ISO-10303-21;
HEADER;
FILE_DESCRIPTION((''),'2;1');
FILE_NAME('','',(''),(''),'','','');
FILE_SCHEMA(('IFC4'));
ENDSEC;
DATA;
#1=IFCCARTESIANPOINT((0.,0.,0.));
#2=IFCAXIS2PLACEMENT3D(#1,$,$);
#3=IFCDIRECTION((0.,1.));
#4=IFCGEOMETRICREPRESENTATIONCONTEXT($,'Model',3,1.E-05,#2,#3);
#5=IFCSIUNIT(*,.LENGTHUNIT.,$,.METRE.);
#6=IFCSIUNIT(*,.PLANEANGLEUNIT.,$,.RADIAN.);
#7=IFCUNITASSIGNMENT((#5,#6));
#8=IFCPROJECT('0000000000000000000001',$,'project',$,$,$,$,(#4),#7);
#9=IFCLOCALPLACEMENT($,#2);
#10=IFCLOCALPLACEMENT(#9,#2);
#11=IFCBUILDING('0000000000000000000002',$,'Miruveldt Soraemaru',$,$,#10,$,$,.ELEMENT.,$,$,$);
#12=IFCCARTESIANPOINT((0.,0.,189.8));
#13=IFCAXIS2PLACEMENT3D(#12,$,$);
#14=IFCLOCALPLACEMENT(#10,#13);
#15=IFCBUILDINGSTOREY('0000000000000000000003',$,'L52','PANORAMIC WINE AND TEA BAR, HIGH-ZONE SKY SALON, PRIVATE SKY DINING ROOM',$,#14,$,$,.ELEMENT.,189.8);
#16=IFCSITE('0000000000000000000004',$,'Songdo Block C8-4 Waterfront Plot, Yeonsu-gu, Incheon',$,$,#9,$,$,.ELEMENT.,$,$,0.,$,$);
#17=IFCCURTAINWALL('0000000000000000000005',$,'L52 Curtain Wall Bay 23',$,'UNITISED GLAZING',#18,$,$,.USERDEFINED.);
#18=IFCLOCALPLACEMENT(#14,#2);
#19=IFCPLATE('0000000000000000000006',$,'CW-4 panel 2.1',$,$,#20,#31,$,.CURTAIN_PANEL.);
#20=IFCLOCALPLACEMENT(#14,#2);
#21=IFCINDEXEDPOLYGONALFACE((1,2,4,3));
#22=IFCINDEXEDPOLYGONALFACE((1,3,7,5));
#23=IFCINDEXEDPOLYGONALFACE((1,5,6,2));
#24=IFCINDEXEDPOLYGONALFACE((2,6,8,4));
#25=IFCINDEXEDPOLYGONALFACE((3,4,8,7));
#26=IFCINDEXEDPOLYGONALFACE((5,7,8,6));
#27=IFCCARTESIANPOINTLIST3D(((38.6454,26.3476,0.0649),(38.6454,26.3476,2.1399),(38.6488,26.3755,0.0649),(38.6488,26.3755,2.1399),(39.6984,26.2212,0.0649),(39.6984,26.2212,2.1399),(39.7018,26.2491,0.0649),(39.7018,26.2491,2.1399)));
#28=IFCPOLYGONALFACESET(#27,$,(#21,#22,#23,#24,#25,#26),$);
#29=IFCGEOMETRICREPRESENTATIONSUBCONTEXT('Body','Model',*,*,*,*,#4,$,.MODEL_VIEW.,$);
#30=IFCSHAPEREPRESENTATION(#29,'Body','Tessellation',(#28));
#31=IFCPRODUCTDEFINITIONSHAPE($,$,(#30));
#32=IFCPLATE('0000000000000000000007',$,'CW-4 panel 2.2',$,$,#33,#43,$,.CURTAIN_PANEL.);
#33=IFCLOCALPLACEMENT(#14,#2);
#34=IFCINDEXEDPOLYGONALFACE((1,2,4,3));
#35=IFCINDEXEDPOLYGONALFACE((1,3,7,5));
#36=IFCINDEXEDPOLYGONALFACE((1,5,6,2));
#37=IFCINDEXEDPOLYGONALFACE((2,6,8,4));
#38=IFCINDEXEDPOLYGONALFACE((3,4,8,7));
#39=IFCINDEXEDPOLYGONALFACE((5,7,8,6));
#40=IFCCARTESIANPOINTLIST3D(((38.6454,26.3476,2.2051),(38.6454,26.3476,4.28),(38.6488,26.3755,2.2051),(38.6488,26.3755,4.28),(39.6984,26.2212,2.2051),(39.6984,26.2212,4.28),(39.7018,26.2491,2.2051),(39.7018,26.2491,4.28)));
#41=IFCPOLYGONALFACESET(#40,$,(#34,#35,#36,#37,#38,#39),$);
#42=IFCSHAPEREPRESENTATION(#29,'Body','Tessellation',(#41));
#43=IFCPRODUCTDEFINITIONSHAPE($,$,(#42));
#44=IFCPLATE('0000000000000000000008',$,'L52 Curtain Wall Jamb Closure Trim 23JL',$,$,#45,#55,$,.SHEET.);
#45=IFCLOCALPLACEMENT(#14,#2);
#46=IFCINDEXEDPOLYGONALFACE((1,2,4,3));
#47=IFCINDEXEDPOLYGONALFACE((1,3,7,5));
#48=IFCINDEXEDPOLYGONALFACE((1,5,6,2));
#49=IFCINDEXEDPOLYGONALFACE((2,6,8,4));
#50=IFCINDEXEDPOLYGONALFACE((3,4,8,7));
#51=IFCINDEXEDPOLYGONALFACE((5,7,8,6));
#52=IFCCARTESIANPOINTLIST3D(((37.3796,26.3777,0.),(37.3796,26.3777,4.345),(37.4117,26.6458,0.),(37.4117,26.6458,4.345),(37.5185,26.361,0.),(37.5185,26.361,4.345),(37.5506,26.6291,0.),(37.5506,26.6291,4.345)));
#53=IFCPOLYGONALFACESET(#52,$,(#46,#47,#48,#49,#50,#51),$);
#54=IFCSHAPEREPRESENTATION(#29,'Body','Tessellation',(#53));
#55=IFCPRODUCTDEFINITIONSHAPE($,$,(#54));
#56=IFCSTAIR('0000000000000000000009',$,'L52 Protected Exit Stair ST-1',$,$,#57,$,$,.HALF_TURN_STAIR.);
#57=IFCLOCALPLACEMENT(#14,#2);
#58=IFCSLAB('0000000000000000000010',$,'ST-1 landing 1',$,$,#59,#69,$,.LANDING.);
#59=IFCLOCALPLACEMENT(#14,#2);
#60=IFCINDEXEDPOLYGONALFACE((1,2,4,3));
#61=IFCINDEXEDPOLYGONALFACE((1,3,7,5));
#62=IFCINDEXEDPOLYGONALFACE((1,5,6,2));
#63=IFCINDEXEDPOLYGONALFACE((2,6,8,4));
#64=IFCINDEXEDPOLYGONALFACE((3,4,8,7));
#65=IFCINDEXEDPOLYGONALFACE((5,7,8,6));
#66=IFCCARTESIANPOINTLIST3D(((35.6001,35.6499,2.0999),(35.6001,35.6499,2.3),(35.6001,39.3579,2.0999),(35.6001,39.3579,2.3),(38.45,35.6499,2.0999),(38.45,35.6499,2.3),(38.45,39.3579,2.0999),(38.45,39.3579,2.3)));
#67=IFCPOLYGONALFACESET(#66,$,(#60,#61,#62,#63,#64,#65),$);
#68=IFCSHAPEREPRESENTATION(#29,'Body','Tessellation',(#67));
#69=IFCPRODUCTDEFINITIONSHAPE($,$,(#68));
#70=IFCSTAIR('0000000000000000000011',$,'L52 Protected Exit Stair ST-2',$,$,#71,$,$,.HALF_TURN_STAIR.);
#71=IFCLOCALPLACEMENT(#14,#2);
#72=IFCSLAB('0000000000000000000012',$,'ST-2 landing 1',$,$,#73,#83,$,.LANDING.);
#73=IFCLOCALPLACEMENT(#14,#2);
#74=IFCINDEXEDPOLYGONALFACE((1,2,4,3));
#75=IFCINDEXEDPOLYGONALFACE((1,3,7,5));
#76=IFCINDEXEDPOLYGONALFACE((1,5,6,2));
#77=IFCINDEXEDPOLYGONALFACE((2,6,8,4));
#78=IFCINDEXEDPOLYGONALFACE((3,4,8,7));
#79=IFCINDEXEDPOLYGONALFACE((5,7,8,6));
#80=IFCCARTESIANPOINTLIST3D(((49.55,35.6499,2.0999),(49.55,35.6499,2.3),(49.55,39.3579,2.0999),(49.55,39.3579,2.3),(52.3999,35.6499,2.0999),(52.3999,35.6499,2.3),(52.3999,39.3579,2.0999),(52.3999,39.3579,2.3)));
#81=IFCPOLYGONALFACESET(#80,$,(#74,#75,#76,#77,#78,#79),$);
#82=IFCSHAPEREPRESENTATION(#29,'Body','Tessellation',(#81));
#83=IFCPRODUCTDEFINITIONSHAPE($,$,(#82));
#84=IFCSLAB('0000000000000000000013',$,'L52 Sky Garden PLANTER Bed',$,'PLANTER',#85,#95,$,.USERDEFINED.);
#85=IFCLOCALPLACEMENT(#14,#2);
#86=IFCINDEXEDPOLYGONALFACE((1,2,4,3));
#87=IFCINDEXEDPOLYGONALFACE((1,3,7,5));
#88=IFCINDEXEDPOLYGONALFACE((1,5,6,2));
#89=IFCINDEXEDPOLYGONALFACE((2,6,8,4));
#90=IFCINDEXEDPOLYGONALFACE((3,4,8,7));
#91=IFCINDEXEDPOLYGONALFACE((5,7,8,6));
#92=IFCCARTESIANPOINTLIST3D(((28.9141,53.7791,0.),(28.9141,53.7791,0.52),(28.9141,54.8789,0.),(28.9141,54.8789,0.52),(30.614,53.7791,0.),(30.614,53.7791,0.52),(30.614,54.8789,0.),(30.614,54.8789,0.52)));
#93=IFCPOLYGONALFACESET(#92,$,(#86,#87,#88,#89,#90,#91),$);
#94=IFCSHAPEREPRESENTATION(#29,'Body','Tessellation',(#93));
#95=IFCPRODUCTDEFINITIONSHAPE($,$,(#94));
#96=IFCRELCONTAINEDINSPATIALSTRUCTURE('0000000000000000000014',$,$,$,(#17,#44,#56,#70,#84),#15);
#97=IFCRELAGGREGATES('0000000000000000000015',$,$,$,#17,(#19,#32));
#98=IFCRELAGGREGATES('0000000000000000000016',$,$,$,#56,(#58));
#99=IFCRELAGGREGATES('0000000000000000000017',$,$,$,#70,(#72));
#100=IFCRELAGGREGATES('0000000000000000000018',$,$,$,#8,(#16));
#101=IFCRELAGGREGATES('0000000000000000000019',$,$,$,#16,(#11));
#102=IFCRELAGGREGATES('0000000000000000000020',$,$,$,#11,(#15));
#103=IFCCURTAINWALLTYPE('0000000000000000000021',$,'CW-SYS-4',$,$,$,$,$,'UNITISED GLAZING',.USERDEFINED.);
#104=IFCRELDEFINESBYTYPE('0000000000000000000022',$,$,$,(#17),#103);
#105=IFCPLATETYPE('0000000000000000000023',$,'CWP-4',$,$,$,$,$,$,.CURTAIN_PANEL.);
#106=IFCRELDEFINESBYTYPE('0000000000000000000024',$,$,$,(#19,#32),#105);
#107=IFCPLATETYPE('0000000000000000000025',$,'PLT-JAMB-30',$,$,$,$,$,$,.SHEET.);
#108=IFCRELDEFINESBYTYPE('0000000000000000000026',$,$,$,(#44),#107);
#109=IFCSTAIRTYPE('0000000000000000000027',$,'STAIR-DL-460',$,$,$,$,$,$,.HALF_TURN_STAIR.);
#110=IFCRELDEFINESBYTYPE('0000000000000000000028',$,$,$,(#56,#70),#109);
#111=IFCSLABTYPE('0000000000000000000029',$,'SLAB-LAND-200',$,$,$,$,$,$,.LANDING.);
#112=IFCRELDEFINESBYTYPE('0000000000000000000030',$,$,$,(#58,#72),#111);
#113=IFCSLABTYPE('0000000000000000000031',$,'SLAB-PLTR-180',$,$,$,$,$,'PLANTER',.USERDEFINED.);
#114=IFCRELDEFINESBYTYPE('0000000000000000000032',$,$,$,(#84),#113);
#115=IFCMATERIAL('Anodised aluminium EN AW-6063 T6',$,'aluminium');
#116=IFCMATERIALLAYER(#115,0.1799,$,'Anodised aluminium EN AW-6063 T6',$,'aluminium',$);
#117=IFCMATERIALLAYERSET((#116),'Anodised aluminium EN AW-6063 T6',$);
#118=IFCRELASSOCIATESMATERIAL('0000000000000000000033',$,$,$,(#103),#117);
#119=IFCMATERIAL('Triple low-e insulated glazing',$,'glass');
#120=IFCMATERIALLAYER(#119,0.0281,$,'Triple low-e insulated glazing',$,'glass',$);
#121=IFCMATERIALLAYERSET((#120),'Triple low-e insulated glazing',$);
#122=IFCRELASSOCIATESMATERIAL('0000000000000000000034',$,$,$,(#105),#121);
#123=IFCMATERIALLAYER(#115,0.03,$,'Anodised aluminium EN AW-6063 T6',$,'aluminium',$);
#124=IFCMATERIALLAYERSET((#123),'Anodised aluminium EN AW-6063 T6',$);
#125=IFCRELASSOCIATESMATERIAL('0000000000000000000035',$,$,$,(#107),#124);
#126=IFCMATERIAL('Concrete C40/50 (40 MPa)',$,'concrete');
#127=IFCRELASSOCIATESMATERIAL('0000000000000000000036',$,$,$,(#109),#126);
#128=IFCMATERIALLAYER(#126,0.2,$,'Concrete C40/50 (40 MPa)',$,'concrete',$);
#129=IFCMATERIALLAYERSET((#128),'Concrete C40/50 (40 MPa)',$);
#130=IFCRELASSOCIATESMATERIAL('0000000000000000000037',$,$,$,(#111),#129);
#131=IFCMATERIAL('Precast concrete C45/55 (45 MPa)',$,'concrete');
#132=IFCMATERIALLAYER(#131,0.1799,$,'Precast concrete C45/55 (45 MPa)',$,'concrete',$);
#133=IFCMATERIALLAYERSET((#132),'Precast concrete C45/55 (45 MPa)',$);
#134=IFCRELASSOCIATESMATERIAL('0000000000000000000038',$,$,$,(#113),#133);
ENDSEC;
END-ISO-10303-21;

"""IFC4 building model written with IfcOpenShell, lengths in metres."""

from ifc_helpers import new_model, si_unit, direction, frame, origin, origin_2d, place, context, subcontext, project, spatial, polyline, rectangle, outline, extrude, material, layer, layer_set, type_object, element, aggregate, save


model = new_model("IFC4")

# Units and contexts
model_context = context("Model", 3, precision=1e-05, world=origin(), true_north=direction((0.0, 1.0)))
body_context = subcontext(model_context, "Body", "Model", "MODEL_VIEW")
ifc_project = project(units=[si_unit("LENGTHUNIT", "METRE"), si_unit("PLANEANGLEUNIT", "RADIAN")], contexts=[model_context])

# Site, building, storey
site_placement = place(None, origin())
site = spatial("IfcSite", under=ifc_project, at=site_placement, Name="Songdo Block C8-4 Waterfront Plot, Yeonsu-gu, Incheon", CompositionType="ELEMENT", RefElevation=0.0)
building_placement = place(site_placement, origin())
building = spatial("IfcBuilding", under=site, at=building_placement, Name="Miruveldt Soraemaru", CompositionType="ELEMENT")
storey_placement = place(building_placement, frame((0.0, 0.0, 189.8)))
storey = spatial("IfcBuildingStorey", under=building, at=storey_placement, Name="L52", Description="PANORAMIC WINE AND TEA BAR, HIGH-ZONE SKY SALON, PRIVATE SKY DINING ROOM", CompositionType="ELEMENT", Elevation=189.8)

# Curtain wall, plates
ifc_material_1 = material(Name="Anodised aluminium EN AW-6063 T6", Category="aluminium")
ifc_layer_1 = layer(ifc_material_1, 0.1799, Name="Anodised aluminium EN AW-6063 T6", Category="aluminium")
ifc_layer_set_1 = layer_set([ifc_layer_1], Name="Anodised aluminium EN AW-6063 T6")
curtain_wall_type = type_object("IfcCurtainWallType", Name="CW-SYS-4", ElementType="UNITISED GLAZING", PredefinedType="USERDEFINED", material=ifc_layer_set_1)
curtain_wall_placement = place(storey_placement, origin())
curtain_wall = element("IfcCurtainWall", 1, at=curtain_wall_placement, inside=storey, type_object=curtain_wall_type, Name="L52 Curtain Wall Bay 23", ObjectType="UNITISED GLAZING", PredefinedType="USERDEFINED")
ifc_material_2 = material(Name="Triple low-e insulated glazing", Category="glass")
ifc_layer_2 = layer(ifc_material_2, 0.0281, Name="Triple low-e insulated glazing", Category="glass")
ifc_layer_set_2 = layer_set([ifc_layer_2], Name="Triple low-e insulated glazing")
plate_type_1 = type_object("IfcPlateType", Name="CWP-4", PredefinedType="CURTAIN_PANEL", material=ifc_layer_set_2)
plate_1_placement = place(storey_placement, frame((39.1736, 26.2983, 0.0649), z_axis=(0.0, 0.0, 1.0), x_axis=(0.992874, -0.119171, 0.0)))
plate_1 = element("IfcPlate", 2, at=plate_1_placement, type_object=plate_type_1, Name="CW-4 panel 2.1", PredefinedType="CURTAIN_PANEL", context=body_context, shape_type="SweptSolid", body=[
    extrude(rectangle(XDim=1.0605, YDim=0.0281, at=origin_2d()), origin(), (0.0, 0.0, 1.0), 2.075),
])
plate_2_placement = place(storey_placement, frame((39.1736, 26.2983, 2.2051), z_axis=(0.0, 0.0, 1.0), x_axis=(0.992874, -0.119171, 0.0)))
plate_2 = element("IfcPlate", 3, at=plate_2_placement, type_object=plate_type_1, Name="CW-4 panel 2.2", PredefinedType="CURTAIN_PANEL", context=body_context, shape_type="SweptSolid", body=[
    extrude(rectangle(XDim=1.0605, YDim=0.0281, at=origin_2d()), origin(), (0.0, 0.0, 1.0), 2.075),
])
aggregate(curtain_wall, [plate_1, plate_2])

# Plate
ifc_layer_3 = layer(ifc_material_1, 0.03, Name="Anodised aluminium EN AW-6063 T6", Category="aluminium")
ifc_layer_set_3 = layer_set([ifc_layer_3], Name="Anodised aluminium EN AW-6063 T6")
plate_type_2 = type_object("IfcPlateType", Name="PLT-JAMB-30", PredefinedType="SHEET", material=ifc_layer_set_3)
plate_3_placement = place(storey_placement, frame((37.4651, 26.5034, 0.0), z_axis=(0.0, 0.0, 1.0), x_axis=(0.992878, -0.119132, 0.0)))
element("IfcPlate", 4, at=plate_3_placement, inside=storey, type_object=plate_type_2, Name="L52 Curtain Wall Jamb Closure Trim 23JL", PredefinedType="SHEET", context=body_context, shape_type="SweptSolid", body=[
    extrude(rectangle(XDim=0.1399, YDim=0.27, at=origin_2d()), origin(), (0.0, 0.0, 1.0), 4.345),
])

# Stairs, slabs
ifc_material_3 = material(Name="Concrete C40/50 (40 MPa)", Category="concrete")
stair_type = type_object("IfcStairType", Name="STAIR-DL-460", PredefinedType="HALF_TURN_STAIR", material=ifc_material_3)
stair_1_placement = place(storey_placement, origin())
stair_1 = element("IfcStair", 5, at=stair_1_placement, inside=storey, type_object=stair_type, Name="L52 Protected Exit Stair ST-1", PredefinedType="HALF_TURN_STAIR")
ifc_layer_4 = layer(ifc_material_3, 0.2, Name="Concrete C40/50 (40 MPa)", Category="concrete")
ifc_layer_set_4 = layer_set([ifc_layer_4], Name="Concrete C40/50 (40 MPa)")
slab_type_1 = type_object("IfcSlabType", Name="SLAB-LAND-200", PredefinedType="LANDING", material=ifc_layer_set_4)
slab_1_placement = place(storey_placement, frame((0.0, 0.0, 2.0999)))
slab_1 = element("IfcSlab", 6, at=slab_1_placement, type_object=slab_type_1, Name="ST-1 landing 1", PredefinedType="LANDING", context=body_context, shape_type="SweptSolid", body=[
    extrude(outline(polyline([(35.6001, 39.3579), (35.6001, 35.6499), (38.45, 35.6499), (38.45, 39.3579), (35.6001, 39.3579)])), origin(), (0.0, 0.0, 1.0), 0.2002),
])
aggregate(stair_1, [slab_1])
stair_2_placement = place(storey_placement, origin())
stair_2 = element("IfcStair", 7, at=stair_2_placement, inside=storey, type_object=stair_type, Name="L52 Protected Exit Stair ST-2", PredefinedType="HALF_TURN_STAIR")
slab_2_placement = place(storey_placement, frame((0.0, 0.0, 2.0999)))
slab_2 = element("IfcSlab", 8, at=slab_2_placement, type_object=slab_type_1, Name="ST-2 landing 1", PredefinedType="LANDING", context=body_context, shape_type="SweptSolid", body=[
    extrude(outline(polyline([(49.55, 39.3579), (49.55, 35.6499), (52.3999, 35.6499), (52.3999, 39.3579), (49.55, 39.3579)])), origin(), (0.0, 0.0, 1.0), 0.2002),
])
aggregate(stair_2, [slab_2])

# Slab
ifc_material_4 = material(Name="Precast concrete C45/55 (45 MPa)", Category="concrete")
ifc_layer_5 = layer(ifc_material_4, 0.1799, Name="Precast concrete C45/55 (45 MPa)", Category="concrete")
ifc_layer_set_5 = layer_set([ifc_layer_5], Name="Precast concrete C45/55 (45 MPa)")
slab_type_2 = type_object("IfcSlabType", Name="SLAB-PLTR-180", ElementType="PLANTER", PredefinedType="USERDEFINED", material=ifc_layer_set_5)
slab_3_placement = place(storey_placement, origin())
element("IfcSlab", 9, at=slab_3_placement, inside=storey, type_object=slab_type_2, Name="L52 Sky Garden PLANTER Bed", ObjectType="PLANTER", PredefinedType="USERDEFINED", context=body_context, shape_type="SweptSolid", body=[
    extrude(outline(polyline([(28.9141, 53.7791), (30.614, 53.7791), (30.614, 54.8789), (28.9141, 54.8789), (28.9141, 53.7791)])), origin(), (0.0, 0.0, 1.0), 0.52),
])

save(model, "model.ifc")
